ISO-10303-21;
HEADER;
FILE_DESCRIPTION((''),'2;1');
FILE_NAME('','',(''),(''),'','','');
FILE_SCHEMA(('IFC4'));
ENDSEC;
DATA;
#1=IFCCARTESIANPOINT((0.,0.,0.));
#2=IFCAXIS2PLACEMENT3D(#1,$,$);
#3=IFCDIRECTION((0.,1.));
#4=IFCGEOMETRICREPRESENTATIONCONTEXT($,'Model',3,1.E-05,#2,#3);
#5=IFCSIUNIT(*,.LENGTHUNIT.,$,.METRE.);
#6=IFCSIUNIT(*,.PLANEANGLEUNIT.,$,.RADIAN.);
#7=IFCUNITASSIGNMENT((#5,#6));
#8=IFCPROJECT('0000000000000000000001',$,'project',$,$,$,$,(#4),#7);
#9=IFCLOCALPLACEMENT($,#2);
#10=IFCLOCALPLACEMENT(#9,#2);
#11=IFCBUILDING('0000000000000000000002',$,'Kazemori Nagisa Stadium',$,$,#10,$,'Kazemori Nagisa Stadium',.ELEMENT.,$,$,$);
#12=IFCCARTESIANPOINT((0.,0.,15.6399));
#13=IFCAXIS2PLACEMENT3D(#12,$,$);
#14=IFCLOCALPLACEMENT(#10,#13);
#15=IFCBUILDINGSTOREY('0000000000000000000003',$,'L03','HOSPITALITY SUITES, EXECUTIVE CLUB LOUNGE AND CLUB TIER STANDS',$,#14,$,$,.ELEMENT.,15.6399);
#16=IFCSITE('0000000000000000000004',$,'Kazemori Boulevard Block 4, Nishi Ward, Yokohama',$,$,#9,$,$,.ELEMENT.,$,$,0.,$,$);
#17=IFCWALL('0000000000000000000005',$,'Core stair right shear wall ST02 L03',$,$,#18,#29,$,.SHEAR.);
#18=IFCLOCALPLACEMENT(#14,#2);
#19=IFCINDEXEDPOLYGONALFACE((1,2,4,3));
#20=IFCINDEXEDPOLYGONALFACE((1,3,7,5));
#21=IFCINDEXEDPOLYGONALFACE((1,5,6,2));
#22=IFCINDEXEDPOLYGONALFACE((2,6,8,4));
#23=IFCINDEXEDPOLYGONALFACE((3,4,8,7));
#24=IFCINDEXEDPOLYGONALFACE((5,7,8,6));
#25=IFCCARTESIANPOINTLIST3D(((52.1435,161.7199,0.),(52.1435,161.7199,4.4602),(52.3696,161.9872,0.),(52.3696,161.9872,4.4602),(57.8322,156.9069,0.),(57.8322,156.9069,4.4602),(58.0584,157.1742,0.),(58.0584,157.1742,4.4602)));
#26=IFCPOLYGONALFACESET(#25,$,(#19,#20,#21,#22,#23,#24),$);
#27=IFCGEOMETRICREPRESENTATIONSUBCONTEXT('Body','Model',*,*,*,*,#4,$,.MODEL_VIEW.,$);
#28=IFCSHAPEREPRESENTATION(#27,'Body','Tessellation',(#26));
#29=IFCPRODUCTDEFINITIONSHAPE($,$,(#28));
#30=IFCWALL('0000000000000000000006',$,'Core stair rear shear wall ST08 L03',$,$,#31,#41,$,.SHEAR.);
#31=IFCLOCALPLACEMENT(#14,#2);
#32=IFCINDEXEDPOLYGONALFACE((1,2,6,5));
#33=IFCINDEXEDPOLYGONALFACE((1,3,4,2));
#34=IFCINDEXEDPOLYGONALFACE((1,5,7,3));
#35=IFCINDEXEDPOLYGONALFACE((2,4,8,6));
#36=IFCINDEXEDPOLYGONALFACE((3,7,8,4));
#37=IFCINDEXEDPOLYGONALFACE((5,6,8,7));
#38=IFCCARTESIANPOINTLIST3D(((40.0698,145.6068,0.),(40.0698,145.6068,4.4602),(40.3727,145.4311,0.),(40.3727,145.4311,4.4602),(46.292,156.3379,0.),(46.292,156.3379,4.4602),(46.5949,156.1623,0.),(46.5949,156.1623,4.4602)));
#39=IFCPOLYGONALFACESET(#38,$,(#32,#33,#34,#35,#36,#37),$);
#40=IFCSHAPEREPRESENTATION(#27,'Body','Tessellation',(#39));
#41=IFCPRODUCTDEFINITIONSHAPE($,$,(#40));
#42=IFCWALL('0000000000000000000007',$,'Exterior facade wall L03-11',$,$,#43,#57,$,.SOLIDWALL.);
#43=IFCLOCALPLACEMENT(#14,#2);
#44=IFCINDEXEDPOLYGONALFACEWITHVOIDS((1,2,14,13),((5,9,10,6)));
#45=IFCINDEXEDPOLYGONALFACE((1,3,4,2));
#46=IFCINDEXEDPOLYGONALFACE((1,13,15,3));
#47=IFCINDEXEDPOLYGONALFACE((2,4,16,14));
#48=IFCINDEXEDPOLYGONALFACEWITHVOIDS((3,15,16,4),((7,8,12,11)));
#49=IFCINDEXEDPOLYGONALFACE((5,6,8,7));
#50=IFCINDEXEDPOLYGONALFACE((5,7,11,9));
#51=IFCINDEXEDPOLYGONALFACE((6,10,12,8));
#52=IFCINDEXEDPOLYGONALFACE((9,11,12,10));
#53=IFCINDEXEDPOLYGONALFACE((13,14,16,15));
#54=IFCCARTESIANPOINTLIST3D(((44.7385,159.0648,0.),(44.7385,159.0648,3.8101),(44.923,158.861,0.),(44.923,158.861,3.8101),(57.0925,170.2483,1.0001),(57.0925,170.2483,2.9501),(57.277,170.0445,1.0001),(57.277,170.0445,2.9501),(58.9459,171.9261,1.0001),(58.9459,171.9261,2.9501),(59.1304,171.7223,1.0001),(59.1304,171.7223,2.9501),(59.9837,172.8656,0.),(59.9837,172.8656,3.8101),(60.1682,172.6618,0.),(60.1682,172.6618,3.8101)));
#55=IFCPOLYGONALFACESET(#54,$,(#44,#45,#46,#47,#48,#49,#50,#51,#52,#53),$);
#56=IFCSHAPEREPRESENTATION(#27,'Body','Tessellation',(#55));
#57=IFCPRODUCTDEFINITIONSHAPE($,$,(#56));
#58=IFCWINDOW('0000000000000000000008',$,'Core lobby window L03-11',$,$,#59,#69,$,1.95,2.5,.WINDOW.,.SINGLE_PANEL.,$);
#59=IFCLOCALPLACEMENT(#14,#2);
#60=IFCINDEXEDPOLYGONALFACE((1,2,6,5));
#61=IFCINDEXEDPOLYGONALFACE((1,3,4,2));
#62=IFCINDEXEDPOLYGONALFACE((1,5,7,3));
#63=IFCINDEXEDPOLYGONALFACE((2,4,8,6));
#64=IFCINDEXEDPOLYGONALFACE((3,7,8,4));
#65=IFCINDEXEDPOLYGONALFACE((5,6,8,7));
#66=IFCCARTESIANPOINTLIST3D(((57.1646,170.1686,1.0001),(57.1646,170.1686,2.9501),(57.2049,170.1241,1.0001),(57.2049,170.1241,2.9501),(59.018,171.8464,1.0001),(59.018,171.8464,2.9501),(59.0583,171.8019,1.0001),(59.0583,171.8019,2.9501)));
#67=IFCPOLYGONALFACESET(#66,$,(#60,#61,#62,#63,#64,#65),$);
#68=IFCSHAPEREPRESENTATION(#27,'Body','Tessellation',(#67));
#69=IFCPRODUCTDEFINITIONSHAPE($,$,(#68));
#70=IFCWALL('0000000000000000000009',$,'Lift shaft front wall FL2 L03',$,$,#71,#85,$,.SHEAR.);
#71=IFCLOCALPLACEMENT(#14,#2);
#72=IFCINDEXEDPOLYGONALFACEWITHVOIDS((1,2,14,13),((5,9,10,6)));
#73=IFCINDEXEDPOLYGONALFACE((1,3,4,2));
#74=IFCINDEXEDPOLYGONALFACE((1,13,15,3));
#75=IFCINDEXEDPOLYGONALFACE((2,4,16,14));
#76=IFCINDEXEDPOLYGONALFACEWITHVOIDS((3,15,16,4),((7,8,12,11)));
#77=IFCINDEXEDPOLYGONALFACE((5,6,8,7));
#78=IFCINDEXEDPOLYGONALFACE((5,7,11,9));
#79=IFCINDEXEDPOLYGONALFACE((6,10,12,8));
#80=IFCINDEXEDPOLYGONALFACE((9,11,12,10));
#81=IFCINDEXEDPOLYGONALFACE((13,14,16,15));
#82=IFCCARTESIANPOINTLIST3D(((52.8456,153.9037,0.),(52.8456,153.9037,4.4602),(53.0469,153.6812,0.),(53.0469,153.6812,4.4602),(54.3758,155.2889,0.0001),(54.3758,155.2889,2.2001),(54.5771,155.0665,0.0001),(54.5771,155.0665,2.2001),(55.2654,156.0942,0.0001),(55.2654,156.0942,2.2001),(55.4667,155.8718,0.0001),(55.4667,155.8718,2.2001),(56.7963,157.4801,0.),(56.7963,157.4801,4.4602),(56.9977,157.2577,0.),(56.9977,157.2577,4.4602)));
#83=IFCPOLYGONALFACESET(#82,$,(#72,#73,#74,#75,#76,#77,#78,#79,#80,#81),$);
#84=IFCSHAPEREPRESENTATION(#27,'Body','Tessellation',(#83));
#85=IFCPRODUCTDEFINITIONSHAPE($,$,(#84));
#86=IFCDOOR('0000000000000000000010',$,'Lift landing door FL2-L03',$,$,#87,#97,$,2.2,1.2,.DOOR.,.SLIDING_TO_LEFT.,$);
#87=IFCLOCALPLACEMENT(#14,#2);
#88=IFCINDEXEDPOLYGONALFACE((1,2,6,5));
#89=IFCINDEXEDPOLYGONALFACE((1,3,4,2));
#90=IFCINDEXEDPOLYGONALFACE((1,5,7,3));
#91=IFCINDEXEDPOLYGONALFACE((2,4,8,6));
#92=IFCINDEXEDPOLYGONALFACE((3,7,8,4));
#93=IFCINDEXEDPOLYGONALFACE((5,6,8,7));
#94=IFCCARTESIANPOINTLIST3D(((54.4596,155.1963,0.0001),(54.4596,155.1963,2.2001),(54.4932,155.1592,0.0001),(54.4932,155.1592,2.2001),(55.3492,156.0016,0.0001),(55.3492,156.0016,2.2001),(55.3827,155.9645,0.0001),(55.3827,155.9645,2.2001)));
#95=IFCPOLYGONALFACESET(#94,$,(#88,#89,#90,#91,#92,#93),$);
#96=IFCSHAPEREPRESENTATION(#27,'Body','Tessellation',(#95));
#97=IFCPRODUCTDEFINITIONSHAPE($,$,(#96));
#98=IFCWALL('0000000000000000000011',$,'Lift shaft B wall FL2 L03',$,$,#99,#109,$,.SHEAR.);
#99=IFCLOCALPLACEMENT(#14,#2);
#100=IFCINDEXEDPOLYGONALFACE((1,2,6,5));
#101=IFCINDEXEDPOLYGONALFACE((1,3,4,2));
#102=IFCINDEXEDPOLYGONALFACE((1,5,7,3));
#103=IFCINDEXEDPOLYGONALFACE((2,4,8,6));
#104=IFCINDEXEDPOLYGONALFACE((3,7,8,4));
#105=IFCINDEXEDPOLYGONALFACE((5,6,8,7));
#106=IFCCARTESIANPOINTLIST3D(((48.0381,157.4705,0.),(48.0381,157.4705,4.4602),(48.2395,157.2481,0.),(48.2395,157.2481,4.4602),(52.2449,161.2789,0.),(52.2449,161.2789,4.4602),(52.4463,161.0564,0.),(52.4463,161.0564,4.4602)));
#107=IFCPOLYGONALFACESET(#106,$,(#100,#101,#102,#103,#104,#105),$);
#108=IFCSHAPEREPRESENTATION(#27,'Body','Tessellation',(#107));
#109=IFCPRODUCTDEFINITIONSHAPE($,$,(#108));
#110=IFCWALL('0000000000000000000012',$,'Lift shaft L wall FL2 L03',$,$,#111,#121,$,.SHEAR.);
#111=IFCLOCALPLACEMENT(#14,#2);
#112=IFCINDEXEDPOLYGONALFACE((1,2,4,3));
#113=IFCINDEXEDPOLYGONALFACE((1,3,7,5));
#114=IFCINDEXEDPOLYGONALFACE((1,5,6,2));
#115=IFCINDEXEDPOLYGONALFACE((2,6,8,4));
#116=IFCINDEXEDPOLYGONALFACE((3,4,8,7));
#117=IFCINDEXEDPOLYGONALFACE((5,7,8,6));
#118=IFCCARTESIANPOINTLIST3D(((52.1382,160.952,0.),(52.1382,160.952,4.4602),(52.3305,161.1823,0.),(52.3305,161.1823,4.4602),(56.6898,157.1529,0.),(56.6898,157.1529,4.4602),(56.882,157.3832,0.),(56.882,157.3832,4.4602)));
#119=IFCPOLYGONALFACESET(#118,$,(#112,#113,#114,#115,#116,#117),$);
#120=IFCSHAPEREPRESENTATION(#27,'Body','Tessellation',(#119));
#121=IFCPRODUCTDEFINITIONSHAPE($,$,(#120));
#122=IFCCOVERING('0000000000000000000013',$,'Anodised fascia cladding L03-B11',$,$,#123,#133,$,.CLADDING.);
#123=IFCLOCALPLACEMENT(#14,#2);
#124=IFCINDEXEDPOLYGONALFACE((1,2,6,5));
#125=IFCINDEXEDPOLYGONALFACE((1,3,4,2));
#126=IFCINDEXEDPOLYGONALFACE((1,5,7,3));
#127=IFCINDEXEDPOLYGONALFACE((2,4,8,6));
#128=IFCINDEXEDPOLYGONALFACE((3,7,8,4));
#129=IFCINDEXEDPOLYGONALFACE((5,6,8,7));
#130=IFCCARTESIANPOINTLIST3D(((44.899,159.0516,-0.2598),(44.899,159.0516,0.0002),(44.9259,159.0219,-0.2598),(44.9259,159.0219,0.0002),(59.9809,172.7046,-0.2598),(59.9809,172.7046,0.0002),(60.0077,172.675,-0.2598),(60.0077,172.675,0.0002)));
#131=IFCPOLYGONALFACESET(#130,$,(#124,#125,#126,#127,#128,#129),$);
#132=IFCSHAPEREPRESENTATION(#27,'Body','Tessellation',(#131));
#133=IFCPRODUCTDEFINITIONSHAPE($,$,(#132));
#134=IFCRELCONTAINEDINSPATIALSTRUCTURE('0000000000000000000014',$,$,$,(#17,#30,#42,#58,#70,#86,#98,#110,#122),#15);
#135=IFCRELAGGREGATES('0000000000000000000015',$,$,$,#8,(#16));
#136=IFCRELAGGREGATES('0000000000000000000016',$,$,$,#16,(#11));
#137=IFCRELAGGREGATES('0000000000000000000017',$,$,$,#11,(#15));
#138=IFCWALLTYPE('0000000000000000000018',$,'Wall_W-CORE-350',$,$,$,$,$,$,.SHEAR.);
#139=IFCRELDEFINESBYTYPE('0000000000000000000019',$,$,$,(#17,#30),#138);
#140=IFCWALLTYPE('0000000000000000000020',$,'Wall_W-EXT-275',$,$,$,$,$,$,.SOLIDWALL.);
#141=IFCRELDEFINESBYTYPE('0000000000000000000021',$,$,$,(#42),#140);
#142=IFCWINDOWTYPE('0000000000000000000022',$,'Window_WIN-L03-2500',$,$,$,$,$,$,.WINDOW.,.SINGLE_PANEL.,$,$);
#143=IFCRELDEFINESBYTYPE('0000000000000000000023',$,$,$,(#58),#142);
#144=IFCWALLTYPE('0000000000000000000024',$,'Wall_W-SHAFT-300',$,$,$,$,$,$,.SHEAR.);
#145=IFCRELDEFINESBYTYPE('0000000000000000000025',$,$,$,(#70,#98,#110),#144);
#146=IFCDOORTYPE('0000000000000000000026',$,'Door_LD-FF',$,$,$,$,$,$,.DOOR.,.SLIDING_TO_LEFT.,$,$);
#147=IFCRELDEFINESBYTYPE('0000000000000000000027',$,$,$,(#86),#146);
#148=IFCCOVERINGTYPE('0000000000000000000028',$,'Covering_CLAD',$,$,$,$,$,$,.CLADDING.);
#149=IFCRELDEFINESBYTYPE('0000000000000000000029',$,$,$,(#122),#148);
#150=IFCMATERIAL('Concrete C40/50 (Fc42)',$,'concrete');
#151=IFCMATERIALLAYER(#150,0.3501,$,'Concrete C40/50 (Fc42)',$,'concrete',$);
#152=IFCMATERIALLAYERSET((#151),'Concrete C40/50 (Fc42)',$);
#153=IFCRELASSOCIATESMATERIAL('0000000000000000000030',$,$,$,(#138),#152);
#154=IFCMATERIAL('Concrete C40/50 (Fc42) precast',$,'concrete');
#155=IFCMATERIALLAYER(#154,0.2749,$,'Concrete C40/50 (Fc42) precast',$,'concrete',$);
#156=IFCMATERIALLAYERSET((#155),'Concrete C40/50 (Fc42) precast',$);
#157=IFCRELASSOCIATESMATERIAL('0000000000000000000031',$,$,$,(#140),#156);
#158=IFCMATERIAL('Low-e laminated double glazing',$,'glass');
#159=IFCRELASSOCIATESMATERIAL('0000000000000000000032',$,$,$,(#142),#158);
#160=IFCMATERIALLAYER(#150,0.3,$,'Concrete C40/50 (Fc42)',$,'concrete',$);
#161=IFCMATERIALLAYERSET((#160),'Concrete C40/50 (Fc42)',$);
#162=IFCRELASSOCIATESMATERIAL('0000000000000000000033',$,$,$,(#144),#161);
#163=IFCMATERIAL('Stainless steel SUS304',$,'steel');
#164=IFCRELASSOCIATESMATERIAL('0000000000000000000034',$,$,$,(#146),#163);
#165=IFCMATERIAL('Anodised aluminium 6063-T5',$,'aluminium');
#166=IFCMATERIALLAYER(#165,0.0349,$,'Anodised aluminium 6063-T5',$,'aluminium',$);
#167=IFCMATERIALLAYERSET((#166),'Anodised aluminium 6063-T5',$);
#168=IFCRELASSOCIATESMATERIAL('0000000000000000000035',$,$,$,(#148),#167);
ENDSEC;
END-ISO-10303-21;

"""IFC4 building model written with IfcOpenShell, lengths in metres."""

from ifc_helpers import new_model, si_unit, direction, frame, frame_2d, origin, origin_2d, place, context, subcontext, project, spatial, rectangle, extrude, material, layer, layer_set, type_object, element, fill, save


model = new_model("IFC4")

# Units and contexts
model_context = context("Model", 3, precision=1e-05, world=origin(), true_north=direction((0.0, 1.0)))
body_context = subcontext(model_context, "Body", "Model", "MODEL_VIEW")
ifc_project = project(units=[si_unit("LENGTHUNIT", "METRE"), si_unit("PLANEANGLEUNIT", "RADIAN")], contexts=[model_context])

# Site, building, storey
site_placement = place(None, origin())
site = spatial("IfcSite", under=ifc_project, at=site_placement, Name="Kazemori Boulevard Block 4, Nishi Ward, Yokohama", CompositionType="ELEMENT", RefElevation=0.0)
building_placement = place(site_placement, origin())
building = spatial("IfcBuilding", under=site, at=building_placement, Name="Kazemori Nagisa Stadium", LongName="Kazemori Nagisa Stadium", CompositionType="ELEMENT")
storey_placement = place(building_placement, frame((0.0, 0.0, 15.6399)))
storey = spatial("IfcBuildingStorey", under=building, at=storey_placement, Name="L03", Description="HOSPITALITY SUITES, EXECUTIVE CLUB LOUNGE AND CLUB TIER STANDS", CompositionType="ELEMENT", Elevation=15.6399)

# Shared definitions
ifc_material_1 = material(Name="Concrete C40/50 (Fc42)", Category="concrete")

# Shared definitions
ifc_material_2 = material(Name="Anodised aluminium 6063-T5", Category="aluminium")

# Walls
ifc_layer_1 = layer(ifc_material_1, 0.3501, Name="Concrete C40/50 (Fc42)", Category="concrete")
ifc_layer_set_1 = layer_set([ifc_layer_1], Name="Concrete C40/50 (Fc42)")
wall_type_1 = type_object("IfcWallType", Name="Wall_W-CORE-350", PredefinedType="SHEAR", material=ifc_layer_set_1)
wall_1_placement = place(storey_placement, frame((57.9453, 157.0405, 0.0), z_axis=(0.0, 0.0, 1.0), x_axis=(-0.763422, 0.6459, 0.0)))
element("IfcWall", 1, at=wall_1_placement, inside=storey, type_object=wall_type_1, Name="Core stair right shear wall ST02 L03", PredefinedType="SHEAR", context=body_context, shape_type="SweptSolid", body=[
    extrude(rectangle(XDim=7.4517, YDim=0.3501, at=frame_2d((3.7258, 0.0))), origin(), (0.0, 0.0, 1.0), 4.4602),
])
wall_2_placement = place(storey_placement, frame((46.4434, 156.25, 0.0), z_axis=(0.0, 0.0, 1.0), x_axis=(-0.501602, -0.865099, 0.0)))
element("IfcWall", 2, at=wall_2_placement, inside=storey, type_object=wall_type_1, Name="Core stair rear shear wall ST08 L03", PredefinedType="SHEAR", context=body_context, shape_type="SweptSolid", body=[
    extrude(rectangle(XDim=12.4045, YDim=0.3501, at=frame_2d((6.2021, 0.0))), origin(), (0.0, 0.0, 1.0), 4.4602),
])

# Wall, opening, window
ifc_material_3 = material(Name="Concrete C40/50 (Fc42) precast", Category="concrete")
ifc_layer_2 = layer(ifc_material_3, 0.2749, Name="Concrete C40/50 (Fc42) precast", Category="concrete")
ifc_layer_set_2 = layer_set([ifc_layer_2], Name="Concrete C40/50 (Fc42) precast")
wall_type_2 = type_object("IfcWallType", Name="Wall_W-EXT-275", PredefinedType="SOLIDWALL", material=ifc_layer_set_2)
wall_3_placement = place(storey_placement, frame((60.0759, 172.7637, 0.0), z_axis=(0.0, 0.0, 1.0), x_axis=(-0.741352, -0.671116, 0.0)))
wall_3 = element("IfcWall", 3, at=wall_3_placement, inside=storey, type_object=wall_type_2, Name="Exterior facade wall L03-11", PredefinedType="SOLIDWALL", context=body_context, shape_type="SweptSolid", body=[
    extrude(rectangle(XDim=20.564, YDim=0.2749, at=frame_2d((10.282, 0.0))), origin(), (0.0, 0.0, 1.0), 3.8101),
])
opening_1_placement = place(wall_3_placement, frame((1.3999, 0.0, 1.0)))
opening_1 = element("IfcOpeningElement", 4, at=opening_1_placement, cuts=wall_3, PredefinedType="OPENING", context=body_context, shape_type="SweptSolid", body=[
    extrude(rectangle(XDim=2.5, YDim=1.95, at=frame_2d((1.25, 0.9751))), frame((0.0, 0.1475, 0.0), z_axis=(0.0, -1.0, 0.0), x_axis=(1.0, 0.0, 0.0)), (0.0, 0.0, 1.0), 0.2949),
])
ifc_material_4 = material(Name="Low-e laminated double glazing", Category="glass")
window_type = type_object("IfcWindowType", Name="Window_WIN-L03-2500", PartitioningType="SINGLE_PANEL", PredefinedType="WINDOW", material=ifc_material_4)
window_placement = place(opening_1_placement, origin())
window = element("IfcWindow", 5, at=window_placement, inside=storey, type_object=window_type, Name="Core lobby window L03-11", OverallHeight=1.95, OverallWidth=2.5, PartitioningType="SINGLE_PANEL", PredefinedType="WINDOW", context=body_context, shape_type="SweptSolid", body=[
    extrude(rectangle(XDim=2.5, YDim=1.95, at=frame_2d((1.25, 0.9751))), frame((0.0, 0.03, 0.0), z_axis=(0.0, -1.0, 0.0), x_axis=(1.0, 0.0, 0.0)), (0.0, 0.0, 1.0), 0.0601),
])
fill(opening_1, window)

# Wall, opening, door
ifc_layer_3 = layer(ifc_material_1, 0.3, Name="Concrete C40/50 (Fc42)", Category="concrete")
ifc_layer_set_3 = layer_set([ifc_layer_3], Name="Concrete C40/50 (Fc42)")
wall_type_3 = type_object("IfcWallType", Name="Wall_W-SHAFT-300", PredefinedType="SHEAR", material=ifc_layer_set_3)
wall_4_placement = place(storey_placement, frame((56.897, 157.3689, 0.0), z_axis=(0.0, 0.0, 1.0), x_axis=(-0.74135, -0.671118, 0.0)))
wall_4 = element("IfcWall", 6, at=wall_4_placement, inside=storey, type_object=wall_type_3, Name="Lift shaft front wall FL2 L03", PredefinedType="SHEAR", context=body_context, shape_type="SweptSolid", body=[
    extrude(rectangle(XDim=5.3291, YDim=0.3, at=frame_2d((2.6646, 0.0))), origin(), (0.0, 0.0, 1.0), 4.4602),
])
opening_2_placement = place(wall_4_placement, frame((2.0649, 0.0, 0.0)))
opening_2 = element("IfcOpeningElement", 7, at=opening_2_placement, cuts=wall_4, PredefinedType="OPENING", context=body_context, shape_type="SweptSolid", body=[
    extrude(rectangle(XDim=1.2, YDim=2.2, at=frame_2d((0.6001, 1.1001))), frame((0.0, 0.1599, 0.0), z_axis=(0.0, -1.0, 0.0), x_axis=(1.0, 0.0, 0.0)), (0.0, 0.0, 1.0), 0.3201),
])
ifc_material_5 = material(Name="Stainless steel SUS304", Category="steel")
door_type = type_object("IfcDoorType", Name="Door_LD-FF", OperationType="SLIDING_TO_LEFT", PredefinedType="DOOR", material=ifc_material_5)
door_placement = place(opening_2_placement, origin())
door = element("IfcDoor", 8, at=door_placement, inside=storey, type_object=door_type, Name="Lift landing door FL2-L03", OperationType="SLIDING_TO_LEFT", OverallHeight=2.2, OverallWidth=1.2, PredefinedType="DOOR", context=body_context, shape_type="SweptSolid", body=[
    extrude(rectangle(XDim=1.2, YDim=2.2, at=frame_2d((0.6001, 1.1001))), frame((0.0, 0.0249, 0.0), z_axis=(0.0, -1.0, 0.0), x_axis=(1.0, 0.0, 0.0)), (0.0, 0.0, 1.0), 0.05),
])
fill(opening_2, door)

# Walls
wall_5_placement = place(storey_placement, frame((52.3457, 161.1677, 0.0), z_axis=(0.0, 0.0, 1.0), x_axis=(-0.741342, -0.671127, 0.0)))
element("IfcWall", 9, at=wall_5_placement, inside=storey, type_object=wall_type_3, Name="Lift shaft B wall FL2 L03", PredefinedType="SHEAR", context=body_context, shape_type="SweptSolid", body=[
    extrude(rectangle(XDim=5.6746, YDim=0.3, at=frame_2d((2.8374, 0.0))), origin(), (0.0, 0.0, 1.0), 4.4602),
])
wall_6_placement = place(storey_placement, frame((56.7859, 157.2681, 0.0), z_axis=(0.0, 0.0, 1.0), x_axis=(-0.767711, 0.640796, 0.0)))
element("IfcWall", 10, at=wall_6_placement, inside=storey, type_object=wall_type_3, Name="Lift shaft L wall FL2 L03", PredefinedType="SHEAR", context=body_context, shape_type="SweptSolid", body=[
    extrude(rectangle(XDim=5.9287, YDim=0.3, at=frame_2d((2.9644, 0.0))), origin(), (0.0, 0.0, 1.0), 4.4602),
])

# Covering
ifc_layer_4 = layer(ifc_material_2, 0.0349, Name="Anodised aluminium 6063-T5", Category="aluminium")
ifc_layer_set_4 = layer_set([ifc_layer_4], Name="Anodised aluminium 6063-T5")
covering_type = type_object("IfcCoveringType", Name="Covering_CLAD", PredefinedType="CLADDING", material=ifc_layer_set_4)
covering_placement = place(storey_placement, frame((52.4534, 165.8633, -0.2598), z_axis=(0.0, 0.0, 1.0), x_axis=(-0.741351, -0.671118, 0.0)))
element("IfcCovering", 11, at=covering_placement, inside=storey, type_object=covering_type, Name="Anodised fascia cladding L03-B11", PredefinedType="CLADDING", context=body_context, shape_type="SweptSolid", body=[
    extrude(rectangle(XDim=20.3438, YDim=0.04, at=origin_2d()), origin(), (0.0, 0.0, 1.0), 0.26),
])

save(model, "model.ifc")
